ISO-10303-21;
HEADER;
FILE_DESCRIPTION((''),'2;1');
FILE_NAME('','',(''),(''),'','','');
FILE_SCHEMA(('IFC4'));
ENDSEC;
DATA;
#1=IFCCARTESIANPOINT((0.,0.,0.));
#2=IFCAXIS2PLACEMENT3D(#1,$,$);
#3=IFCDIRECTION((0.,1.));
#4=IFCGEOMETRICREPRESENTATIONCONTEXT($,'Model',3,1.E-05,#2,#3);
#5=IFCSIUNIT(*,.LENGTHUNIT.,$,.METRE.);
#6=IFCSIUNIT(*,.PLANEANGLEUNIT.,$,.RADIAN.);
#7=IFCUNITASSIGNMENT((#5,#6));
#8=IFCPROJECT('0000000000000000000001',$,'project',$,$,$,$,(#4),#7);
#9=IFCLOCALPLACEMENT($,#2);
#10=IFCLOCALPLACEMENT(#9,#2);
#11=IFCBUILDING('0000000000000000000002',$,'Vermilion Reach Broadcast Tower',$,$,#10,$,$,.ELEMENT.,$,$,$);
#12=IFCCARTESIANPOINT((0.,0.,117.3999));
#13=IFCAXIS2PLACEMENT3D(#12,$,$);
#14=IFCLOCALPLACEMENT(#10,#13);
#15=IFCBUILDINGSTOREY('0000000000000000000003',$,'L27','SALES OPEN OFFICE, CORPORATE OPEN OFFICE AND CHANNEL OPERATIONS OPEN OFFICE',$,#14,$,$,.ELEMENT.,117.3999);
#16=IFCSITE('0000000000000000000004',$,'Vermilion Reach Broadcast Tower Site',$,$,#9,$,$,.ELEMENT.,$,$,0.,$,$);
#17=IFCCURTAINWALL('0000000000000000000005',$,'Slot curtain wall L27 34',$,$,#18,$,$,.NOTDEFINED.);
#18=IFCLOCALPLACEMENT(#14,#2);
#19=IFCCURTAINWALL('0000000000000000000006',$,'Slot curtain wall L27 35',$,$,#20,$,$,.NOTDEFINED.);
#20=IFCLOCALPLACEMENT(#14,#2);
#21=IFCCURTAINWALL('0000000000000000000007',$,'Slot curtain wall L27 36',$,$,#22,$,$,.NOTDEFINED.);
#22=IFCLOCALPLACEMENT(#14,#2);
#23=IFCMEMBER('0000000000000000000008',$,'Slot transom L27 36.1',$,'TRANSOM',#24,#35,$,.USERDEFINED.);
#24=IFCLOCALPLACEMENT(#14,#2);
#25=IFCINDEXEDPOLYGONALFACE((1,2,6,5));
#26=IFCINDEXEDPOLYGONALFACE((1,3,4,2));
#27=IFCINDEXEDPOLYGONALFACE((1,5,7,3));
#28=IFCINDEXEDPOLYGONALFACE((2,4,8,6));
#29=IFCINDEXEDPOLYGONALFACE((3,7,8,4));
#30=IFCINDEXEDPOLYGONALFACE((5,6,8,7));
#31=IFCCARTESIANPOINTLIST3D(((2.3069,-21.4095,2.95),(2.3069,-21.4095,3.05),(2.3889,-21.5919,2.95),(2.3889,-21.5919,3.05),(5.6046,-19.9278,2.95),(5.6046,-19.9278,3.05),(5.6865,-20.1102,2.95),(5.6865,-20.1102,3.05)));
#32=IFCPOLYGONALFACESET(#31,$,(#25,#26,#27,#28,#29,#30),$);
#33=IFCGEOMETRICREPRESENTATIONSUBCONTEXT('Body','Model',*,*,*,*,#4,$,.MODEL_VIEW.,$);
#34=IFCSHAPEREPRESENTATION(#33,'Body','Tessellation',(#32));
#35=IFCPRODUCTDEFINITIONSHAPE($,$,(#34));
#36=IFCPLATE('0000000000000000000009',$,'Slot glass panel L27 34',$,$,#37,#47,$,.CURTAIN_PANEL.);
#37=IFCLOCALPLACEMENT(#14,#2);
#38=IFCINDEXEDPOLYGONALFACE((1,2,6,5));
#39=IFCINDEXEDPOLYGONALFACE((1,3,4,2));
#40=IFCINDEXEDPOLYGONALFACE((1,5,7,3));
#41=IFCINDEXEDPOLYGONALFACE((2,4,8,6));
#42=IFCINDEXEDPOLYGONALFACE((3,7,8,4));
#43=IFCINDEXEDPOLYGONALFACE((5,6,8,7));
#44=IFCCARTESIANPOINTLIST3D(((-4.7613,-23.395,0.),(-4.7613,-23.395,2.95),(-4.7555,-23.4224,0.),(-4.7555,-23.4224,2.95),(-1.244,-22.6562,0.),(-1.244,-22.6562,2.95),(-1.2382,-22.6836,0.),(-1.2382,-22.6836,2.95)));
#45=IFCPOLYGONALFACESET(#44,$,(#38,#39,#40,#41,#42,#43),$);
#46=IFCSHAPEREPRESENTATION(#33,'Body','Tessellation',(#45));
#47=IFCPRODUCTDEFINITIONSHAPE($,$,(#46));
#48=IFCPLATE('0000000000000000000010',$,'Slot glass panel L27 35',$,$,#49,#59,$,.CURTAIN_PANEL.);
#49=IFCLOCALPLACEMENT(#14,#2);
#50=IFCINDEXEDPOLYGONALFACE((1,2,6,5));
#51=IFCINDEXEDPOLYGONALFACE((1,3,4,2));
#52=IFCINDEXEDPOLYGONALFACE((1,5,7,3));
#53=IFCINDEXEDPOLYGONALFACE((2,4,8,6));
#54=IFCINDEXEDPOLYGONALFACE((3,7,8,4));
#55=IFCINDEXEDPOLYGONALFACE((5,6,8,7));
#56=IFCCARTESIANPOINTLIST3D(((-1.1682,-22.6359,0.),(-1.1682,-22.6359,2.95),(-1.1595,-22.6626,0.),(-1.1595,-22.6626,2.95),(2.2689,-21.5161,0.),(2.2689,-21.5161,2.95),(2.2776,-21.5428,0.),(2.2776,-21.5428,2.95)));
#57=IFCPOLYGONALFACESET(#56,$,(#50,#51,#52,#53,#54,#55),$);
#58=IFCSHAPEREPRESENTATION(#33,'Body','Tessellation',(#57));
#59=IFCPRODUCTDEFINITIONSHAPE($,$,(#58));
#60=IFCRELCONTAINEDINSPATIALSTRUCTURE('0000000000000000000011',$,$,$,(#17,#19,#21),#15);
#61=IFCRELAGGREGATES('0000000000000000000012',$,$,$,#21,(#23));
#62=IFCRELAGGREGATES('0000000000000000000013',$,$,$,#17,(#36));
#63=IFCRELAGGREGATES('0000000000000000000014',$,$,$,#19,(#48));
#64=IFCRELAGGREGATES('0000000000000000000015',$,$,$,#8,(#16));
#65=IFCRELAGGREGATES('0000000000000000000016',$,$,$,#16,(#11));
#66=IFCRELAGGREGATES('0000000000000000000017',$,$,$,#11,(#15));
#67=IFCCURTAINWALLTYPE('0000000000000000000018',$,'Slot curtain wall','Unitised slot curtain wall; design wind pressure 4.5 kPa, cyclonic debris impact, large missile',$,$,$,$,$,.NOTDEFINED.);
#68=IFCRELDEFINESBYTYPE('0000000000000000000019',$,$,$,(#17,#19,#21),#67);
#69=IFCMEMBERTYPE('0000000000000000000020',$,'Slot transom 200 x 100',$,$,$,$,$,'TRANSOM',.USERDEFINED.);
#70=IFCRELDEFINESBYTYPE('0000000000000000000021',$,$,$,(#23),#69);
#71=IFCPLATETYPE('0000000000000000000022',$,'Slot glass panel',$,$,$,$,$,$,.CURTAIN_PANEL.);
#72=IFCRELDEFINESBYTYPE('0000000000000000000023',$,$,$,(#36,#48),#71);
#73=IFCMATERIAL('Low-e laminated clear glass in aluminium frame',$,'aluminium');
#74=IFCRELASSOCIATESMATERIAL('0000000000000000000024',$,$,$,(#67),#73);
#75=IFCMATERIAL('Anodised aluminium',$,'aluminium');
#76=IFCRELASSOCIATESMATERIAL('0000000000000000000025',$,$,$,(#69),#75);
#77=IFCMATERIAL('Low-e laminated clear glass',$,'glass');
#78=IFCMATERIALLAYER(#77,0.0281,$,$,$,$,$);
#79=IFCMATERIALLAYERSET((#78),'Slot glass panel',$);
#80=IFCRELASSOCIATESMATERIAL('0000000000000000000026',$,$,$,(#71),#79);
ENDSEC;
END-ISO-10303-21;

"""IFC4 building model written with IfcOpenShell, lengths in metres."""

from ifc_helpers import new_model, si_unit, direction, frame, origin, origin_2d, place, context, subcontext, project, spatial, rectangle, extrude, material, layer, layer_set, material_profile, profile_set, type_object, element, aggregate, save


model = new_model("IFC4")

# Units and contexts
model_context = context("Model", 3, precision=1e-05, world=origin(), true_north=direction((0.0, 1.0)))
body_context = subcontext(model_context, "Body", "Model", "MODEL_VIEW")
ifc_project = project(units=[si_unit("LENGTHUNIT", "METRE"), si_unit("PLANEANGLEUNIT", "RADIAN")], contexts=[model_context])

# Site, building, storey
site_placement = place(None, origin())
site = spatial("IfcSite", under=ifc_project, at=site_placement, Name="Vermilion Reach Broadcast Tower Site", CompositionType="ELEMENT", RefElevation=0.0)
building_placement = place(site_placement, origin())
building = spatial("IfcBuilding", under=site, at=building_placement, Name="Vermilion Reach Broadcast Tower", CompositionType="ELEMENT")
storey_placement = place(building_placement, frame((0.0, 0.0, 117.3999)))
storey = spatial("IfcBuildingStorey", under=building, at=storey_placement, Name="L27", Description="SALES OPEN OFFICE, CORPORATE OPEN OFFICE AND CHANNEL OPERATIONS OPEN OFFICE", CompositionType="ELEMENT", Elevation=117.3999)

# Curtain walls
ifc_material_1 = material(Name="Low-e laminated clear glass in aluminium frame", Category="aluminium")
curtain_wall_type = type_object("IfcCurtainWallType", Name="Slot curtain wall", Description="Unitised slot curtain wall; design wind pressure 4.5 kPa, cyclonic debris impact, large missile", PredefinedType="NOTDEFINED", material=ifc_material_1)
placement = place(storey_placement, origin())
curtain_wall_1 = element("IfcCurtainWall", 1, at=placement, inside=storey, type_object=curtain_wall_type, Name="Slot curtain wall L27 34", PredefinedType="NOTDEFINED")
curtain_wall_2 = element("IfcCurtainWall", 2, at=placement, inside=storey, type_object=curtain_wall_type, Name="Slot curtain wall L27 35", PredefinedType="NOTDEFINED")
curtain_wall_3 = element("IfcCurtainWall", 3, at=placement, inside=storey, type_object=curtain_wall_type, Name="Slot curtain wall L27 36", PredefinedType="NOTDEFINED")

# Member
ifc_material_2 = material(Name="Anodised aluminium", Category="aluminium")
ifc_material_profile_1 = material_profile(ifc_material_2, rectangle(XDim=0.2, YDim=0.1001, at=origin_2d()), Name="Slot transom 200 x 100")
ifc_profile_set_1 = profile_set([ifc_material_profile_1], Name="Anodised aluminium")
member_type_1 = type_object("IfcMemberType", Name="Slot transom 200 x 100", ElementType="TRANSOM", PredefinedType="USERDEFINED", material=ifc_profile_set_1)
member_1_placement = place(storey_placement, frame((2.3479, -21.5007, 3.0), z_axis=(0.912153, 0.409851, 0.0), x_axis=(-0.409851, 0.912153, 0.0)))
member_1 = element("IfcMember", 4, at=member_1_placement, type_object=member_type_1, Name="Slot transom L27 36.1", ObjectType="TRANSOM", PredefinedType="USERDEFINED", context=body_context, shape_type="SweptSolid", body=[
    extrude(rectangle(XDim=0.2, YDim=0.1001, at=origin_2d()), origin(), (0.0, 0.0, 1.0), 3.6152),
])
aggregate(curtain_wall_3, [member_1])

# Plates
ifc_material_3 = material(Name="Low-e laminated clear glass", Category="glass")
ifc_layer = layer(ifc_material_3, 0.0281)
ifc_layer_set = layer_set([ifc_layer], Name="Slot glass panel")
plate_type = type_object("IfcPlateType", Name="Slot glass panel", PredefinedType="CURTAIN_PANEL", material=ifc_layer_set)
plate_1_placement = place(storey_placement, frame((-2.9998, -23.0393, 0.0), z_axis=(0.0, 0.0, 1.0), x_axis=(0.978644, 0.205563, 0.0)))
plate_1 = element("IfcPlate", 5, at=plate_1_placement, type_object=plate_type, Name="Slot glass panel L27 34", PredefinedType="CURTAIN_PANEL", context=body_context, shape_type="SweptSolid", body=[
    extrude(rectangle(XDim=3.594, YDim=0.0281, at=origin_2d()), origin(), (0.0, 0.0, 1.0), 2.95),
])
aggregate(curtain_wall_1, [plate_1])
plate_2_placement = place(storey_placement, frame((0.5547, -22.0894, 0.0), z_axis=(0.0, 0.0, 1.0), x_axis=(0.95081, 0.309775, 0.0)))
plate_2 = element("IfcPlate", 6, at=plate_2_placement, type_object=plate_type, Name="Slot glass panel L27 35", PredefinedType="CURTAIN_PANEL", context=body_context, shape_type="SweptSolid", body=[
    extrude(rectangle(XDim=3.615, YDim=0.0281, at=origin_2d()), origin(), (0.0, 0.0, 1.0), 2.95),
])
aggregate(curtain_wall_2, [plate_2])

save(model, "model.ifc")
